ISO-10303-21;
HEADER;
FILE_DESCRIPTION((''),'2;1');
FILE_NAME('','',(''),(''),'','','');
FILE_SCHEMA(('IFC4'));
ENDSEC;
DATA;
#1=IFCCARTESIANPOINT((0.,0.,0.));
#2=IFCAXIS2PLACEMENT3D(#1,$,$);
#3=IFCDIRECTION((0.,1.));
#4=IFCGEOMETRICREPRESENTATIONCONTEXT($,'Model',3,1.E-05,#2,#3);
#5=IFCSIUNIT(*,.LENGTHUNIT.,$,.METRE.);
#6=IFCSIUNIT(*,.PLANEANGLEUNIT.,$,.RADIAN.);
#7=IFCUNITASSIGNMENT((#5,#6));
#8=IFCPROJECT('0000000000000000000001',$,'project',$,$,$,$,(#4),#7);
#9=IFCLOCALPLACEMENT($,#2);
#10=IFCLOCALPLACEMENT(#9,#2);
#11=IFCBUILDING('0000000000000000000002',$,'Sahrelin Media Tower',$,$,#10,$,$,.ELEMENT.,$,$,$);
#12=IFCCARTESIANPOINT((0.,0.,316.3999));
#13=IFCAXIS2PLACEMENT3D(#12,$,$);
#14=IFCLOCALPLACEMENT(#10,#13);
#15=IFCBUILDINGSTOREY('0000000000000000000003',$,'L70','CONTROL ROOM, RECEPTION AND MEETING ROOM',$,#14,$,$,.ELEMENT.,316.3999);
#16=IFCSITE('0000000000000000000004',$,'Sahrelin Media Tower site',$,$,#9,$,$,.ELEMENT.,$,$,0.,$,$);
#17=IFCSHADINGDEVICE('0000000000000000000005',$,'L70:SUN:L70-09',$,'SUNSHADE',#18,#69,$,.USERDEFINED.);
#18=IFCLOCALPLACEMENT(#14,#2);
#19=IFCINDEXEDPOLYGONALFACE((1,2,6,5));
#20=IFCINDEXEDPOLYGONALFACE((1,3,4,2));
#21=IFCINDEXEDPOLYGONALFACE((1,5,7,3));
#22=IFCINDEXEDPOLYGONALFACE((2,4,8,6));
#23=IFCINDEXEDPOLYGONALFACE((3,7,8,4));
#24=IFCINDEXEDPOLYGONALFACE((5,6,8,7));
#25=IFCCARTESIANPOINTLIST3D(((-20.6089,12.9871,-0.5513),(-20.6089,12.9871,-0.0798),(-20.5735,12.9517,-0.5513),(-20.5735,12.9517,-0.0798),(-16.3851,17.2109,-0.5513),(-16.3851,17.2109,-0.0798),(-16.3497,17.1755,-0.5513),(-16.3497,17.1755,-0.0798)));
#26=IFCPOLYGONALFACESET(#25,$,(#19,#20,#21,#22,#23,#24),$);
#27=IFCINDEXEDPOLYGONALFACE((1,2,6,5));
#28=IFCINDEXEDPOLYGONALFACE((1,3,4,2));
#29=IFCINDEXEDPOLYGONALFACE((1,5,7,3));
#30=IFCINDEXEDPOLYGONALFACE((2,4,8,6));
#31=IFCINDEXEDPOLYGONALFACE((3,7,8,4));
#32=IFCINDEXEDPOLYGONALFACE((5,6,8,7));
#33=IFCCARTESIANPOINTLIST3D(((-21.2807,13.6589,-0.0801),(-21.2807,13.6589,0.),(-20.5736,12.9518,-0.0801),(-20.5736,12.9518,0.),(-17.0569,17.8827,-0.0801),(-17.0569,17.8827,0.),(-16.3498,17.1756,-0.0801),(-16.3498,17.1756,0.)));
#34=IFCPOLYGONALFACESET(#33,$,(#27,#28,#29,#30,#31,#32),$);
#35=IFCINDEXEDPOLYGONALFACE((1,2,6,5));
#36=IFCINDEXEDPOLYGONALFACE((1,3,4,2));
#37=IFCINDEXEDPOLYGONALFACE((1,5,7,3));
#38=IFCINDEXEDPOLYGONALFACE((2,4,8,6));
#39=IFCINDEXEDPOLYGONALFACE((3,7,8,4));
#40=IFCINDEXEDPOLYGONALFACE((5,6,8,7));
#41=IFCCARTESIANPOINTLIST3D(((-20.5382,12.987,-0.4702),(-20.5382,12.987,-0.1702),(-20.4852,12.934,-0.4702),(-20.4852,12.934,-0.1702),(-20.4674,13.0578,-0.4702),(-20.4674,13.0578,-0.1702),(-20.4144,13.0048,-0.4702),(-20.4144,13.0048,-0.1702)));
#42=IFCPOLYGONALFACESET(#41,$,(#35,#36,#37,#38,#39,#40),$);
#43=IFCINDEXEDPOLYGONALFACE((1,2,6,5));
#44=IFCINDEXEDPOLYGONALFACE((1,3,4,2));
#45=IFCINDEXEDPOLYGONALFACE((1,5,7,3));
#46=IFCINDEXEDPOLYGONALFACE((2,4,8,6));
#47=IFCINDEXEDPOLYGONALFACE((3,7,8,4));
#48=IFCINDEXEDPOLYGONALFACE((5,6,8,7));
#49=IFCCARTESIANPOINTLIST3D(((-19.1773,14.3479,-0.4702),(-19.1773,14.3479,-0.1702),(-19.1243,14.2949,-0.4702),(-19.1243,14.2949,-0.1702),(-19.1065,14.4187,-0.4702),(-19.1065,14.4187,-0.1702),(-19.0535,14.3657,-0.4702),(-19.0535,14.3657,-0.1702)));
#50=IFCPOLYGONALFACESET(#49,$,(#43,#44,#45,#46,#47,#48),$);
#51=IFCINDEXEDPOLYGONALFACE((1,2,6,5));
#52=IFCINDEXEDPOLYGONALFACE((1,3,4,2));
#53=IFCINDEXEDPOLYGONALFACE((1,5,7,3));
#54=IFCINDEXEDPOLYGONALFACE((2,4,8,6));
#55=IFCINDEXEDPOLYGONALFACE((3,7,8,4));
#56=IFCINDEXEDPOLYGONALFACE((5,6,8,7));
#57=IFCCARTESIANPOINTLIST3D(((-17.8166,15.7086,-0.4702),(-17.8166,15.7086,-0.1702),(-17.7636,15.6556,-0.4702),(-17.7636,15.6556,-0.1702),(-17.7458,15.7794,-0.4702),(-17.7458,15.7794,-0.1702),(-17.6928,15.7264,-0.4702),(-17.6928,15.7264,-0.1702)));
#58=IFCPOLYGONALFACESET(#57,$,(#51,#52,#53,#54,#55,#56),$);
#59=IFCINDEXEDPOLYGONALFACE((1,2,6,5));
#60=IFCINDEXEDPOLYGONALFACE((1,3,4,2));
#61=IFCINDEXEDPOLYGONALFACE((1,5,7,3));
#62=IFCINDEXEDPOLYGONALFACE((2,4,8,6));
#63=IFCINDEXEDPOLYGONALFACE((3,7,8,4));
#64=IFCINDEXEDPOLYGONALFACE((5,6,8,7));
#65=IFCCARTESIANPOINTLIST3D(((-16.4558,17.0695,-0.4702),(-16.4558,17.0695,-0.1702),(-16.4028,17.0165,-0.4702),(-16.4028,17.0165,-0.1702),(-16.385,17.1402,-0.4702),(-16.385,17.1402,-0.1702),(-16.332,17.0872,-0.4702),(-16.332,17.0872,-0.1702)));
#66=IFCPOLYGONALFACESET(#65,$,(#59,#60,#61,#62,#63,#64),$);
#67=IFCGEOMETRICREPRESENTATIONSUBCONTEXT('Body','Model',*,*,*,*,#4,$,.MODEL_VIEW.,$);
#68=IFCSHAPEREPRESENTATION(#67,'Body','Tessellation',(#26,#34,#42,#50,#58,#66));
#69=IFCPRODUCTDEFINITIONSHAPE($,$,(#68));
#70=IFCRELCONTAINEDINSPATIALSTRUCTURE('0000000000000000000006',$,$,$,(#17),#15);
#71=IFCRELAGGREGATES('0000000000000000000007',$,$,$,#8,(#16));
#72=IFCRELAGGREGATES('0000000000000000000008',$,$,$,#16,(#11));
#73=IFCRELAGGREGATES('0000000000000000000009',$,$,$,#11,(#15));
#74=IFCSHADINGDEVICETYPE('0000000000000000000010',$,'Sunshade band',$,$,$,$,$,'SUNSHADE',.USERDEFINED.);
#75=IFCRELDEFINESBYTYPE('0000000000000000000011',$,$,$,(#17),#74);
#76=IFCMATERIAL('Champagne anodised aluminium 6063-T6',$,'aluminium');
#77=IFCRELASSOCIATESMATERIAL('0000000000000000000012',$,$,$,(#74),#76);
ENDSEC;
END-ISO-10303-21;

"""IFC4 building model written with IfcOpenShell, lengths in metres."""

from ifc_helpers import new_model, si_unit, direction, frame, origin, origin_2d, place, context, subcontext, project, spatial, rectangle, extrude, material, type_object, element, save


model = new_model("IFC4")

# Units and contexts
model_context = context("Model", 3, precision=1e-05, world=origin(), true_north=direction((0.0, 1.0)))
body_context = subcontext(model_context, "Body", "Model", "MODEL_VIEW")
ifc_project = project(units=[si_unit("LENGTHUNIT", "METRE"), si_unit("PLANEANGLEUNIT", "RADIAN")], contexts=[model_context])

# Site, building, storey
site_placement = place(None, origin())
site = spatial("IfcSite", under=ifc_project, at=site_placement, Name="Sahrelin Media Tower site", CompositionType="ELEMENT", RefElevation=0.0)
building_placement = place(site_placement, origin())
building = spatial("IfcBuilding", under=site, at=building_placement, Name="Sahrelin Media Tower", CompositionType="ELEMENT")
storey_placement = place(building_placement, frame((0.0, 0.0, 316.3999)))
storey = spatial("IfcBuildingStorey", under=building, at=storey_placement, Name="L70", Description="CONTROL ROOM, RECEPTION AND MEETING ROOM", CompositionType="ELEMENT", Elevation=316.3999)

# Shared definitions
ifc_material_1 = material(Name="Champagne anodised aluminium 6063-T6", Category="aluminium")

# Shading device
placement_1 = place(storey_placement, frame((-18.4475, 15.0496, 0.0), z_axis=(0.0, 0.0, 1.0), x_axis=(0.707107, 0.707107, 0.0)))
shading_device_type_1 = type_object("IfcShadingDeviceType", Name="Sunshade band", ElementType="SUNSHADE", PredefinedType="USERDEFINED", material=ifc_material_1)
element("IfcShadingDevice", 1, at=placement_1, inside=storey, type_object=shading_device_type_1, Name="L70:SUN:L70-09", ObjectType="SUNSHADE", PredefinedType="USERDEFINED", context=body_context, shape_type="SweptSolid", body=[
    extrude(rectangle(XDim=5.9734, YDim=0.05, at=origin_2d()), frame((0.0, 0.0449, -0.5513)), (0.0, 0.0, 1.0), 0.4714),
    extrude(rectangle(XDim=5.9734, YDim=1.0, at=origin_2d()), frame((0.0, 0.52, -0.0801)), (0.0, 0.0, 1.0), 0.0801),
    extrude(rectangle(XDim=0.1001, YDim=0.075, at=origin_2d()), frame((-2.8867, -0.0176, -0.4702)), (0.0, 0.0, 1.0), 0.3),
    extrude(rectangle(XDim=0.1001, YDim=0.075, at=origin_2d()), frame((-0.9622, -0.0176, -0.4702)), (0.0, 0.0, 1.0), 0.3),
    extrude(rectangle(XDim=0.1001, YDim=0.075, at=origin_2d()), frame((0.9622, -0.0176, -0.4702)), (0.0, 0.0, 1.0), 0.3),
    extrude(rectangle(XDim=0.1001, YDim=0.075, at=origin_2d()), frame((2.8867, -0.0176, -0.4702)), (0.0, 0.0, 1.0), 0.3),
])

save(model, "model.ifc")
